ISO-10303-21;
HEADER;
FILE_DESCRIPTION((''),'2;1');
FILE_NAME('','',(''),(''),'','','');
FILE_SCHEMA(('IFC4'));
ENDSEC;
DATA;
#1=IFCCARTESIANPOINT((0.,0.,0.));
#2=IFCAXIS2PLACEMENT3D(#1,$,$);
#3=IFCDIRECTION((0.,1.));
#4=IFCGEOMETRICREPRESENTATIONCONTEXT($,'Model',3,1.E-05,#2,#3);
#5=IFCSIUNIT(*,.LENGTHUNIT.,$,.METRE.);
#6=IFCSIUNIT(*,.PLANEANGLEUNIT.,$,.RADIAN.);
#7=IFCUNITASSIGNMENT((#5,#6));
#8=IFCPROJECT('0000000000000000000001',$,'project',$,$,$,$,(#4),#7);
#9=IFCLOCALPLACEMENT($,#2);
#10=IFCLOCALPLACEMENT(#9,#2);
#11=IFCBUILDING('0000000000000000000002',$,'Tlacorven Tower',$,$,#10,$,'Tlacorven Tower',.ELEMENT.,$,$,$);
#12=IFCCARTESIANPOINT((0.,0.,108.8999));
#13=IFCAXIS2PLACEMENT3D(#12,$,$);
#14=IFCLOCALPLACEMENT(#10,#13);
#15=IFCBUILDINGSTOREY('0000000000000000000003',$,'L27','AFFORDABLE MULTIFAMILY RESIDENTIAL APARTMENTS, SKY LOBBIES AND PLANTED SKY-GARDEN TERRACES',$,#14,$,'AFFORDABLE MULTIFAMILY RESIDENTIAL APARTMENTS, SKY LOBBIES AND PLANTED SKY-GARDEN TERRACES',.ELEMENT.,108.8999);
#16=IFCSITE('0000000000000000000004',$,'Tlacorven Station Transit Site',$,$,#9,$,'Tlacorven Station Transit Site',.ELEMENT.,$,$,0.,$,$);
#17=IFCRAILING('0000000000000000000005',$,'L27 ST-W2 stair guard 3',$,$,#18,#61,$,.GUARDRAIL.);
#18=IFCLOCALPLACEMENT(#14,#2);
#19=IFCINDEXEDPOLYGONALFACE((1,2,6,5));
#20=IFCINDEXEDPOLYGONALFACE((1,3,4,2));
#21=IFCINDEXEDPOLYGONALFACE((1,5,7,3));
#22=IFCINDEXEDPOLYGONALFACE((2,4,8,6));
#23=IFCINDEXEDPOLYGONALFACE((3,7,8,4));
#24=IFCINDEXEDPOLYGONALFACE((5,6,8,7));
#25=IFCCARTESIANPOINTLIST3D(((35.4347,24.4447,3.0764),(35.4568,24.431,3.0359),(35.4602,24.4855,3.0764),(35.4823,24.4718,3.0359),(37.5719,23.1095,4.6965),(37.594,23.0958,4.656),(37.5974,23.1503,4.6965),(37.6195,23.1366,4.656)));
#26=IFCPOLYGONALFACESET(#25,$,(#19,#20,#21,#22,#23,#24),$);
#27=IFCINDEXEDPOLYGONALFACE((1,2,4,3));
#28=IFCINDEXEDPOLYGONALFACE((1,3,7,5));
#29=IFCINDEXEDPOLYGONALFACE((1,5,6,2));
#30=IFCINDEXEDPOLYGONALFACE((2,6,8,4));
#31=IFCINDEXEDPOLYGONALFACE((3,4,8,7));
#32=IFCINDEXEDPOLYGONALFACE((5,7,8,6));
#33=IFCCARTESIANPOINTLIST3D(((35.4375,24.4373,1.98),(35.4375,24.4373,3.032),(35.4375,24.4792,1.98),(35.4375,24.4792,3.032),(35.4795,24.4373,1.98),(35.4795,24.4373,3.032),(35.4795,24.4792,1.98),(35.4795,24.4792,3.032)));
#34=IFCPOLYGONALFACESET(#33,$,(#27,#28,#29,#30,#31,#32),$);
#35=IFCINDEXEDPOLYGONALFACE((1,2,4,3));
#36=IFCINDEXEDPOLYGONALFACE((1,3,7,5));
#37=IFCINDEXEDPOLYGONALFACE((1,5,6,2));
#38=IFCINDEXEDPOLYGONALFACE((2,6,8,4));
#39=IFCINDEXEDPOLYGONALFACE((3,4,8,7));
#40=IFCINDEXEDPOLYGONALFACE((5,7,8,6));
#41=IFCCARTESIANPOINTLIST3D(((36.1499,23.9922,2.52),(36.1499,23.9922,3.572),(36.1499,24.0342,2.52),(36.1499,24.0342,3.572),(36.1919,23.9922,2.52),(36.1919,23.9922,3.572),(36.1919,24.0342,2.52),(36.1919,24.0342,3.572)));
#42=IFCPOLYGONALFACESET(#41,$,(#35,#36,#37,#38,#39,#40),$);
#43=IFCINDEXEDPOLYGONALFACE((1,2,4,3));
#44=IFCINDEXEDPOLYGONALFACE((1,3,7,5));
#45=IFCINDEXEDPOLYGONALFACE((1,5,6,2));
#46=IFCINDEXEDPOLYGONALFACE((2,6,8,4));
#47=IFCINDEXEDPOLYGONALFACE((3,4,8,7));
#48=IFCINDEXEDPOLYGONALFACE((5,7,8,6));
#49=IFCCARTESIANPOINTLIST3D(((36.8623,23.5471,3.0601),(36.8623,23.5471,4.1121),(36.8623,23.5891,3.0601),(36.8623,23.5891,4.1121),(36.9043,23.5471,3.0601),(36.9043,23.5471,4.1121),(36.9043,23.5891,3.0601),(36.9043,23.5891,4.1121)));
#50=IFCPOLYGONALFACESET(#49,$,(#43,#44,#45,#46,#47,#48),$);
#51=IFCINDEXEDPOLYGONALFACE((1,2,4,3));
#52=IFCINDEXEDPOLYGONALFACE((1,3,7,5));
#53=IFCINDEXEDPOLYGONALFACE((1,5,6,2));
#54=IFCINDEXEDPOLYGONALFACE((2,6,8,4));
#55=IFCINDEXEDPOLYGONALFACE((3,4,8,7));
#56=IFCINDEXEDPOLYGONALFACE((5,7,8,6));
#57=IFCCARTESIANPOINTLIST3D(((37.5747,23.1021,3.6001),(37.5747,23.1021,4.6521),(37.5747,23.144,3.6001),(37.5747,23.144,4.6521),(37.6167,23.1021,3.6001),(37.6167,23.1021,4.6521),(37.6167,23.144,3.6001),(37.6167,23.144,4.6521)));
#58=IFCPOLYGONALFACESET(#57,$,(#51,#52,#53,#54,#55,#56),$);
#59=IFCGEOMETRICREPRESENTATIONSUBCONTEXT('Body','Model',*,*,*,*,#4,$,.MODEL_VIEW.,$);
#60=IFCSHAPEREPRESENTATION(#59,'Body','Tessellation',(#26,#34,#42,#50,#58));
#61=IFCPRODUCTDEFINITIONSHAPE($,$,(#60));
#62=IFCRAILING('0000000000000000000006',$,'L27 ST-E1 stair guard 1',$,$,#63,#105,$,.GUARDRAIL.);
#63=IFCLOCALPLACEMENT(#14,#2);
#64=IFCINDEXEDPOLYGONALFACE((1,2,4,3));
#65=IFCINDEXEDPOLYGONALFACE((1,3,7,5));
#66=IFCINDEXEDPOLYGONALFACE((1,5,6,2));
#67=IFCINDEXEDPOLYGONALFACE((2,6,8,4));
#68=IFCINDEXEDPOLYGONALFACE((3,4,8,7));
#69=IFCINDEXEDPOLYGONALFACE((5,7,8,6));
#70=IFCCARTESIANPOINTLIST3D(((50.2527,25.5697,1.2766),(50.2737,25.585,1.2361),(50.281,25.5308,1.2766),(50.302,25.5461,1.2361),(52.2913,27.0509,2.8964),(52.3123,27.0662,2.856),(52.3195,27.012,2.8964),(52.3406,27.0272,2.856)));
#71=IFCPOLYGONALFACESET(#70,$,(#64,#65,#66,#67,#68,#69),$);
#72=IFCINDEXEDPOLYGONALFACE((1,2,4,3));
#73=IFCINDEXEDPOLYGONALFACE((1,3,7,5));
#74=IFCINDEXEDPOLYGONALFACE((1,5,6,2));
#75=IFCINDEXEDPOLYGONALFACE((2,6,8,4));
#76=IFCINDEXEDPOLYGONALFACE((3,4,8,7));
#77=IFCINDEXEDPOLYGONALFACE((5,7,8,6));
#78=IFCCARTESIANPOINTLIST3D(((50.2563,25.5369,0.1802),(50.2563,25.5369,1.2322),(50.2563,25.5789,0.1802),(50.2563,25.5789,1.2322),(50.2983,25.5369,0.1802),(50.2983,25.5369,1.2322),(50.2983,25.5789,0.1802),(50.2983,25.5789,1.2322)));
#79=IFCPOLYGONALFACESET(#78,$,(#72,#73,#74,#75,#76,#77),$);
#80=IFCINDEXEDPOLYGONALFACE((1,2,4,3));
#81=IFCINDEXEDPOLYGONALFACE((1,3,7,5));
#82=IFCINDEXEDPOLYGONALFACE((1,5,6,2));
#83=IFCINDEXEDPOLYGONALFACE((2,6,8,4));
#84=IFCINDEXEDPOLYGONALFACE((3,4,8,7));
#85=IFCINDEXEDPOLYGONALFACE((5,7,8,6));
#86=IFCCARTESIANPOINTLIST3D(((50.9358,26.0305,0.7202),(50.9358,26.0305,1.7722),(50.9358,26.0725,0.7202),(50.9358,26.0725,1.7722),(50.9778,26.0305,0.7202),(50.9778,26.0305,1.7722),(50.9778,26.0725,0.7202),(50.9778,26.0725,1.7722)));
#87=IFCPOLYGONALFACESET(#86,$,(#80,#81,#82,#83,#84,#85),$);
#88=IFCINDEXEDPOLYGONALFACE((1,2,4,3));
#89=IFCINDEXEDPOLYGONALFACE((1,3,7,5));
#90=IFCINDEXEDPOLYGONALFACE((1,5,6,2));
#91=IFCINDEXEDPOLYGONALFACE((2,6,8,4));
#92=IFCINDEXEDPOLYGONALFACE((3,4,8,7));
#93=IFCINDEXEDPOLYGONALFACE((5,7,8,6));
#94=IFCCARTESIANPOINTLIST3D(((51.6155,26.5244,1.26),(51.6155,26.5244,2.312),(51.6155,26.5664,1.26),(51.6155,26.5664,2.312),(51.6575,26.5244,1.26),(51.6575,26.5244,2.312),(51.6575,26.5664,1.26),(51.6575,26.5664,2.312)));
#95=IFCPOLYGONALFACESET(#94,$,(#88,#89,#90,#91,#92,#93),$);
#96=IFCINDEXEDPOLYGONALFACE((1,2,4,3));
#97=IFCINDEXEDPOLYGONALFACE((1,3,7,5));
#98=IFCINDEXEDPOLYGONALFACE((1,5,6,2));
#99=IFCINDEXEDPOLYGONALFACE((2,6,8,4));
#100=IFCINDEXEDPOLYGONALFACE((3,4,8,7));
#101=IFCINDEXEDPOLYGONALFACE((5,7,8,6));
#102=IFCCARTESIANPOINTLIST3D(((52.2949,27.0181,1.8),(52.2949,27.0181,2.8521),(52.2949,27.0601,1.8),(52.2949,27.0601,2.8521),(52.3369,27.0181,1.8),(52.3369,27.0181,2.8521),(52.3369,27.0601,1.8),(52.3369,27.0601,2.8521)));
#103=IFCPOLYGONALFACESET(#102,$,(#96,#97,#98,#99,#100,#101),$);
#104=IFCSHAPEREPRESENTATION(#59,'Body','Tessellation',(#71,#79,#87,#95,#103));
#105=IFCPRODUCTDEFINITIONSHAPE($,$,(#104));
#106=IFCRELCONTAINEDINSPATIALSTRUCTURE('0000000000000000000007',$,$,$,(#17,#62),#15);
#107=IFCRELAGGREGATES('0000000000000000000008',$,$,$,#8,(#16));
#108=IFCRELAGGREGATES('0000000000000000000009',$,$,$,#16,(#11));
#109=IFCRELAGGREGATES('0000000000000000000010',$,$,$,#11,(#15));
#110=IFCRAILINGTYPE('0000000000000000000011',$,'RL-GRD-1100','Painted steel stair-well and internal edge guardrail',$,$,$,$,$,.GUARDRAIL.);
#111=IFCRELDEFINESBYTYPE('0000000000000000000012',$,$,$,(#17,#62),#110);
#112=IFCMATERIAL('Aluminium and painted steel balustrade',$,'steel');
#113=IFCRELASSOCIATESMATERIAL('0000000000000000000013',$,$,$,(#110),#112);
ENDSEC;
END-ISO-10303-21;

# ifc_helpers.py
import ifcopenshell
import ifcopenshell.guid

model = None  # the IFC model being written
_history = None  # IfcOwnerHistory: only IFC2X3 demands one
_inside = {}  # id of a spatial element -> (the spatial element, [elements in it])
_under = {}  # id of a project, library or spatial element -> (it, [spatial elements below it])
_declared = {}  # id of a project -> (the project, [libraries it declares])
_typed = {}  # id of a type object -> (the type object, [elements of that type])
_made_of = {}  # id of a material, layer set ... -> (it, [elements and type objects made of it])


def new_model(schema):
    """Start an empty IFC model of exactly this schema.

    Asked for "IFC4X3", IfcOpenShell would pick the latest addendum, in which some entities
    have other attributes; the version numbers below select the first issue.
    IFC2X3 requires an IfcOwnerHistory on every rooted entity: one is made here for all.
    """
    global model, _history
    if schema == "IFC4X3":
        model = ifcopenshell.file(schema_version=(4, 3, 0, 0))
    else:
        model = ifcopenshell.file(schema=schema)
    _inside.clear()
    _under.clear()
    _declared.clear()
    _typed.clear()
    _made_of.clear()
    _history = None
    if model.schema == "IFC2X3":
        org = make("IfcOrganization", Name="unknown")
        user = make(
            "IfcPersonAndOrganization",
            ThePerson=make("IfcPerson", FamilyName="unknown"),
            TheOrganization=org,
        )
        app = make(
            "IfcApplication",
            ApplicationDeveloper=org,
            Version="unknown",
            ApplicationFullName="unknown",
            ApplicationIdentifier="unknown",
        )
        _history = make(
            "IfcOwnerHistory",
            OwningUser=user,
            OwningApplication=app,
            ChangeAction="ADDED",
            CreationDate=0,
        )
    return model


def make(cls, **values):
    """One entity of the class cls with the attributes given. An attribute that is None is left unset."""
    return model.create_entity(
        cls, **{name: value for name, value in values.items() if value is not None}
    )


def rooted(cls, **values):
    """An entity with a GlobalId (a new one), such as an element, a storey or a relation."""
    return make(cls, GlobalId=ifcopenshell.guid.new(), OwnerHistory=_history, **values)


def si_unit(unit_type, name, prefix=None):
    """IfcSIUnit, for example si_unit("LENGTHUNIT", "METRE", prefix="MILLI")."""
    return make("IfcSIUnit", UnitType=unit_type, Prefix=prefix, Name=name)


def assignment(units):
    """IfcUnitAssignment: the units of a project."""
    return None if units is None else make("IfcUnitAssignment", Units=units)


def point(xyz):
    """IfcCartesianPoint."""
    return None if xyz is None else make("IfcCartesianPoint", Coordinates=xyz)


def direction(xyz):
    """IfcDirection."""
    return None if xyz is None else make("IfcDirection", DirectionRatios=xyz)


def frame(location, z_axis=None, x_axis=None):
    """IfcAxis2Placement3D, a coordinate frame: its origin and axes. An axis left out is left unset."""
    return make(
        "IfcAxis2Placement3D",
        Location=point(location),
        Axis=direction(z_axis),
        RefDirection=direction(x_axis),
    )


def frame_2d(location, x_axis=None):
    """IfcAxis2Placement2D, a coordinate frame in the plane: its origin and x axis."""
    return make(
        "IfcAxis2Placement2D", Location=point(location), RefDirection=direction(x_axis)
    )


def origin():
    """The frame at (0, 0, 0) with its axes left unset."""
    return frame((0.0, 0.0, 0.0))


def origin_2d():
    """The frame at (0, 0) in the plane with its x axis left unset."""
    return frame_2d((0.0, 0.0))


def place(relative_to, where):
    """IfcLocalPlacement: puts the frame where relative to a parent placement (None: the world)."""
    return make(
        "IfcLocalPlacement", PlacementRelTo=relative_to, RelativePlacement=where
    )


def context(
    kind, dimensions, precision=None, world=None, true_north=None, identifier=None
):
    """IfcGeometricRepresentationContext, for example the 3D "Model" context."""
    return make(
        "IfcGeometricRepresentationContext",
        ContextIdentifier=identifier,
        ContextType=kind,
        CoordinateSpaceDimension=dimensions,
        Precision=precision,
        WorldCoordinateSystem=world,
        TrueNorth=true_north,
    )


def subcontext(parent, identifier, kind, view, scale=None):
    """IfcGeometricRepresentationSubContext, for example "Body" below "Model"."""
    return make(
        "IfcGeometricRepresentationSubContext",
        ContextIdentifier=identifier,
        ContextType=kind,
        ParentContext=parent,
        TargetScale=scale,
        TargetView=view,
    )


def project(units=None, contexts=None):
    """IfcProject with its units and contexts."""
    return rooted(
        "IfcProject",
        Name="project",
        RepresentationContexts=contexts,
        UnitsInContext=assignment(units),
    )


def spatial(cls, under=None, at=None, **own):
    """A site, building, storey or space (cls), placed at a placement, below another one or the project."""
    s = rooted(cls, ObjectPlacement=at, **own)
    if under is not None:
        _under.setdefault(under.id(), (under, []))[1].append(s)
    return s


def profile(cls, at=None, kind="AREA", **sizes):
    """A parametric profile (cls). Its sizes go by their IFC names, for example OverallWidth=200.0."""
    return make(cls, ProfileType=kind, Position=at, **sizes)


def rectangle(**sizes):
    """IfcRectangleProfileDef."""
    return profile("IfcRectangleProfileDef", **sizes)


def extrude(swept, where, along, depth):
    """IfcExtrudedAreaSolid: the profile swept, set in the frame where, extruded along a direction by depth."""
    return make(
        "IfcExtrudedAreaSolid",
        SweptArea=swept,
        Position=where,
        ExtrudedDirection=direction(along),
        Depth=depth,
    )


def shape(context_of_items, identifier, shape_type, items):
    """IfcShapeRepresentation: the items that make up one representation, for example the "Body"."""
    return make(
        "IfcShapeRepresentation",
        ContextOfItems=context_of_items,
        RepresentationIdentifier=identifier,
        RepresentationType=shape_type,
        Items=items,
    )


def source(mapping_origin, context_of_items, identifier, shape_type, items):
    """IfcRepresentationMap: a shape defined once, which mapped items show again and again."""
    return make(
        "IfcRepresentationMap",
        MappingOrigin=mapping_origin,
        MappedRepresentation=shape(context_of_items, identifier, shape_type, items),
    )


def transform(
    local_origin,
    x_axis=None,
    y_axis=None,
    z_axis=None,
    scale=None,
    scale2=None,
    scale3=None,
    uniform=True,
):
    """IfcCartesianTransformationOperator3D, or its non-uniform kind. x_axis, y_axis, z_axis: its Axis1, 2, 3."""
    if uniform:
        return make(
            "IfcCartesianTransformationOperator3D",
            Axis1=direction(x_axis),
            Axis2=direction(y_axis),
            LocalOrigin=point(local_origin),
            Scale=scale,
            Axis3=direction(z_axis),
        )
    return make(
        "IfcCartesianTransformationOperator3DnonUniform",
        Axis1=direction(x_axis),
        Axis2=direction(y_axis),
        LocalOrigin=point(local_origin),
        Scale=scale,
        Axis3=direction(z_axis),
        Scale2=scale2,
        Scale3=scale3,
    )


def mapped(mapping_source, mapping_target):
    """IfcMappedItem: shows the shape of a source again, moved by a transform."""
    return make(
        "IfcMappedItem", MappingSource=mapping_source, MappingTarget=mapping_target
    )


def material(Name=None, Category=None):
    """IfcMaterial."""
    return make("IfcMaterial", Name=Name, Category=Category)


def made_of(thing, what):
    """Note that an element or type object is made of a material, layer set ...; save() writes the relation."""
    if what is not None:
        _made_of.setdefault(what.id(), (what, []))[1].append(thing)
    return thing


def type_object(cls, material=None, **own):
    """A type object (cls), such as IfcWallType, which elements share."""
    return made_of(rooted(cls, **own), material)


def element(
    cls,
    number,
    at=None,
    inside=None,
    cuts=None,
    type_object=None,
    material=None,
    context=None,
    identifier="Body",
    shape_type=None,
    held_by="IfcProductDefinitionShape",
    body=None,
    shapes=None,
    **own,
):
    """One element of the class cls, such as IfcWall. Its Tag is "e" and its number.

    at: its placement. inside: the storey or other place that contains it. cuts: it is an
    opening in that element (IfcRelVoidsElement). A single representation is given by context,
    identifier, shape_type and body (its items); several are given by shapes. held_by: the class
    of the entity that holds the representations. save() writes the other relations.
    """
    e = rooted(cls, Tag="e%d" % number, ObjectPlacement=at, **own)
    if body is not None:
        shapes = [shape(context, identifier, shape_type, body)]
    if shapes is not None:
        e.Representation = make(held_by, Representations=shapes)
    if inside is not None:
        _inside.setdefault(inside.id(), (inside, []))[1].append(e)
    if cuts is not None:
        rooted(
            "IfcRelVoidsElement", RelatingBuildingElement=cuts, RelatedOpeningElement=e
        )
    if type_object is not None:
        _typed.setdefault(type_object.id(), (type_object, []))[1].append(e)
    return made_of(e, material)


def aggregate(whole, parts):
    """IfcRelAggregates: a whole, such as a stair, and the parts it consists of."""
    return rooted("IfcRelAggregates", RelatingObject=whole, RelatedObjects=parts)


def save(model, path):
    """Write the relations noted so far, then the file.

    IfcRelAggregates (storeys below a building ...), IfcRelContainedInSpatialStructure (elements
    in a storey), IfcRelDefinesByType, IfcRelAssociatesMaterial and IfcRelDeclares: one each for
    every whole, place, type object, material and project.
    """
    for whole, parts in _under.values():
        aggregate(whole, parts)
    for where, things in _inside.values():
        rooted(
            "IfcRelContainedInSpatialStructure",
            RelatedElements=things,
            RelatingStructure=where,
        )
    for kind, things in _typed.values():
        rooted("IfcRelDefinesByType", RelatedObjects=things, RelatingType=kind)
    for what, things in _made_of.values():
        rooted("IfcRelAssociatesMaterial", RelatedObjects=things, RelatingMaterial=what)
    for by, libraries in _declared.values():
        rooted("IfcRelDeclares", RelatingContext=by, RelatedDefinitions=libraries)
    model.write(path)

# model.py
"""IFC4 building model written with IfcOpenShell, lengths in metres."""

from ifc_helpers import new_model, si_unit, direction, frame, origin, origin_2d, place, context, subcontext, project, spatial, rectangle, extrude, source, transform, mapped, material, type_object, element, save


model = new_model("IFC4")

# Units and contexts
model_context = context("Model", 3, precision=1e-05, world=origin(), true_north=direction((0.0, 1.0)))
body_context = subcontext(model_context, "Body", "Model", "MODEL_VIEW")
ifc_project = project(units=[si_unit("LENGTHUNIT", "METRE"), si_unit("PLANEANGLEUNIT", "RADIAN")], contexts=[model_context])

# Site, building, storey
site_placement = place(None, origin())
site = spatial("IfcSite", under=ifc_project, at=site_placement, Name="Tlacorven Station Transit Site", LongName="Tlacorven Station Transit Site", CompositionType="ELEMENT", RefElevation=0.0)
building_placement = place(site_placement, origin())
building = spatial("IfcBuilding", under=site, at=building_placement, Name="Tlacorven Tower", LongName="Tlacorven Tower", CompositionType="ELEMENT")
storey_placement = place(building_placement, frame((0.0, 0.0, 108.8999)))
storey = spatial("IfcBuildingStorey", under=building, at=storey_placement, Name="L27", Description="AFFORDABLE MULTIFAMILY RESIDENTIAL APARTMENTS, SKY LOBBIES AND PLANTED SKY-GARDEN TERRACES", LongName="AFFORDABLE MULTIFAMILY RESIDENTIAL APARTMENTS, SKY LOBBIES AND PLANTED SKY-GARDEN TERRACES", CompositionType="ELEMENT", Elevation=108.8999)

# Railings
ifc_material_1 = material(Name="Aluminium and painted steel balustrade", Category="steel")
railing_type_1 = type_object("IfcRailingType", Name="RL-GRD-1100", Description="Painted steel stair-well and internal edge guardrail", PredefinedType="GUARDRAIL", material=ifc_material_1)
shared_shape_1 = source(origin(), body_context, "Body", "SweptSolid", [
    extrude(rectangle(XDim=0.0481, YDim=0.0481, at=origin_2d()), frame((0.0, 0.0, 1.0762), z_axis=(0.713386, -0.445683, 0.540784), x_axis=(0.529842, 0.848096, 0.0)), (0.0, 0.0, 1.0), 2.9958),
    extrude(rectangle(XDim=0.042, YDim=0.042, at=origin_2d()), origin(), (0.0, 0.0, 1.0), 1.052),
    extrude(rectangle(XDim=0.042, YDim=0.042, at=origin_2d()), frame((0.7124, -0.4451, 0.54)), (0.0, 0.0, 1.0), 1.052),
    extrude(rectangle(XDim=0.042, YDim=0.042, at=origin_2d()), frame((1.4248, -0.8901, 1.0801)), (0.0, 0.0, 1.0), 1.052),
    extrude(rectangle(XDim=0.042, YDim=0.042, at=origin_2d()), frame((2.1372, -1.3352, 1.6201)), (0.0, 0.0, 1.0), 1.052),
])
railing_1_placement = place(storey_placement, frame((35.4585, 24.4583, 1.98)))
element("IfcRailing", 1, at=railing_1_placement, inside=storey, type_object=railing_type_1, Name="L27 ST-W2 stair guard 3", PredefinedType="GUARDRAIL", context=body_context, shape_type="MappedRepresentation", body=[
    mapped(shared_shape_1, transform((0.0, 0.0, 0.0), scale=1.0)),
])
shared_shape_2 = source(origin(), body_context, "Body", "SweptSolid", [
    extrude(rectangle(XDim=0.0481, YDim=0.0481, at=origin_2d()), frame((0.0, 0.0, 1.0762), z_axis=(0.680519, 0.494456, 0.540747), x_axis=(-0.587809, 0.809, 0.0)), (0.0, 0.0, 1.0), 2.9956),
    extrude(rectangle(XDim=0.042, YDim=0.042, at=origin_2d()), origin(), (0.0, 0.0, 1.0), 1.052),
    extrude(rectangle(XDim=0.042, YDim=0.042, at=origin_2d()), frame((0.6794, 0.4937, 0.54)), (0.0, 0.0, 1.0), 1.052),
    extrude(rectangle(XDim=0.042, YDim=0.042, at=origin_2d()), frame((1.3591, 0.9875, 1.0798)), (0.0, 0.0, 1.0), 1.052),
    extrude(rectangle(XDim=0.042, YDim=0.042, at=origin_2d()), frame((2.0386, 1.4812, 1.6199)), (0.0, 0.0, 1.0), 1.052),
])
railing_2_placement = place(storey_placement, frame((50.2773, 25.5579, 0.1802)))
element("IfcRailing", 2, at=railing_2_placement, inside=storey, type_object=railing_type_1, Name="L27 ST-E1 stair guard 1", PredefinedType="GUARDRAIL", context=body_context, shape_type="MappedRepresentation", body=[
    mapped(shared_shape_2, transform((0.0, 0.0, 0.0), scale=1.0)),
])

save(model, "model.ifc")
